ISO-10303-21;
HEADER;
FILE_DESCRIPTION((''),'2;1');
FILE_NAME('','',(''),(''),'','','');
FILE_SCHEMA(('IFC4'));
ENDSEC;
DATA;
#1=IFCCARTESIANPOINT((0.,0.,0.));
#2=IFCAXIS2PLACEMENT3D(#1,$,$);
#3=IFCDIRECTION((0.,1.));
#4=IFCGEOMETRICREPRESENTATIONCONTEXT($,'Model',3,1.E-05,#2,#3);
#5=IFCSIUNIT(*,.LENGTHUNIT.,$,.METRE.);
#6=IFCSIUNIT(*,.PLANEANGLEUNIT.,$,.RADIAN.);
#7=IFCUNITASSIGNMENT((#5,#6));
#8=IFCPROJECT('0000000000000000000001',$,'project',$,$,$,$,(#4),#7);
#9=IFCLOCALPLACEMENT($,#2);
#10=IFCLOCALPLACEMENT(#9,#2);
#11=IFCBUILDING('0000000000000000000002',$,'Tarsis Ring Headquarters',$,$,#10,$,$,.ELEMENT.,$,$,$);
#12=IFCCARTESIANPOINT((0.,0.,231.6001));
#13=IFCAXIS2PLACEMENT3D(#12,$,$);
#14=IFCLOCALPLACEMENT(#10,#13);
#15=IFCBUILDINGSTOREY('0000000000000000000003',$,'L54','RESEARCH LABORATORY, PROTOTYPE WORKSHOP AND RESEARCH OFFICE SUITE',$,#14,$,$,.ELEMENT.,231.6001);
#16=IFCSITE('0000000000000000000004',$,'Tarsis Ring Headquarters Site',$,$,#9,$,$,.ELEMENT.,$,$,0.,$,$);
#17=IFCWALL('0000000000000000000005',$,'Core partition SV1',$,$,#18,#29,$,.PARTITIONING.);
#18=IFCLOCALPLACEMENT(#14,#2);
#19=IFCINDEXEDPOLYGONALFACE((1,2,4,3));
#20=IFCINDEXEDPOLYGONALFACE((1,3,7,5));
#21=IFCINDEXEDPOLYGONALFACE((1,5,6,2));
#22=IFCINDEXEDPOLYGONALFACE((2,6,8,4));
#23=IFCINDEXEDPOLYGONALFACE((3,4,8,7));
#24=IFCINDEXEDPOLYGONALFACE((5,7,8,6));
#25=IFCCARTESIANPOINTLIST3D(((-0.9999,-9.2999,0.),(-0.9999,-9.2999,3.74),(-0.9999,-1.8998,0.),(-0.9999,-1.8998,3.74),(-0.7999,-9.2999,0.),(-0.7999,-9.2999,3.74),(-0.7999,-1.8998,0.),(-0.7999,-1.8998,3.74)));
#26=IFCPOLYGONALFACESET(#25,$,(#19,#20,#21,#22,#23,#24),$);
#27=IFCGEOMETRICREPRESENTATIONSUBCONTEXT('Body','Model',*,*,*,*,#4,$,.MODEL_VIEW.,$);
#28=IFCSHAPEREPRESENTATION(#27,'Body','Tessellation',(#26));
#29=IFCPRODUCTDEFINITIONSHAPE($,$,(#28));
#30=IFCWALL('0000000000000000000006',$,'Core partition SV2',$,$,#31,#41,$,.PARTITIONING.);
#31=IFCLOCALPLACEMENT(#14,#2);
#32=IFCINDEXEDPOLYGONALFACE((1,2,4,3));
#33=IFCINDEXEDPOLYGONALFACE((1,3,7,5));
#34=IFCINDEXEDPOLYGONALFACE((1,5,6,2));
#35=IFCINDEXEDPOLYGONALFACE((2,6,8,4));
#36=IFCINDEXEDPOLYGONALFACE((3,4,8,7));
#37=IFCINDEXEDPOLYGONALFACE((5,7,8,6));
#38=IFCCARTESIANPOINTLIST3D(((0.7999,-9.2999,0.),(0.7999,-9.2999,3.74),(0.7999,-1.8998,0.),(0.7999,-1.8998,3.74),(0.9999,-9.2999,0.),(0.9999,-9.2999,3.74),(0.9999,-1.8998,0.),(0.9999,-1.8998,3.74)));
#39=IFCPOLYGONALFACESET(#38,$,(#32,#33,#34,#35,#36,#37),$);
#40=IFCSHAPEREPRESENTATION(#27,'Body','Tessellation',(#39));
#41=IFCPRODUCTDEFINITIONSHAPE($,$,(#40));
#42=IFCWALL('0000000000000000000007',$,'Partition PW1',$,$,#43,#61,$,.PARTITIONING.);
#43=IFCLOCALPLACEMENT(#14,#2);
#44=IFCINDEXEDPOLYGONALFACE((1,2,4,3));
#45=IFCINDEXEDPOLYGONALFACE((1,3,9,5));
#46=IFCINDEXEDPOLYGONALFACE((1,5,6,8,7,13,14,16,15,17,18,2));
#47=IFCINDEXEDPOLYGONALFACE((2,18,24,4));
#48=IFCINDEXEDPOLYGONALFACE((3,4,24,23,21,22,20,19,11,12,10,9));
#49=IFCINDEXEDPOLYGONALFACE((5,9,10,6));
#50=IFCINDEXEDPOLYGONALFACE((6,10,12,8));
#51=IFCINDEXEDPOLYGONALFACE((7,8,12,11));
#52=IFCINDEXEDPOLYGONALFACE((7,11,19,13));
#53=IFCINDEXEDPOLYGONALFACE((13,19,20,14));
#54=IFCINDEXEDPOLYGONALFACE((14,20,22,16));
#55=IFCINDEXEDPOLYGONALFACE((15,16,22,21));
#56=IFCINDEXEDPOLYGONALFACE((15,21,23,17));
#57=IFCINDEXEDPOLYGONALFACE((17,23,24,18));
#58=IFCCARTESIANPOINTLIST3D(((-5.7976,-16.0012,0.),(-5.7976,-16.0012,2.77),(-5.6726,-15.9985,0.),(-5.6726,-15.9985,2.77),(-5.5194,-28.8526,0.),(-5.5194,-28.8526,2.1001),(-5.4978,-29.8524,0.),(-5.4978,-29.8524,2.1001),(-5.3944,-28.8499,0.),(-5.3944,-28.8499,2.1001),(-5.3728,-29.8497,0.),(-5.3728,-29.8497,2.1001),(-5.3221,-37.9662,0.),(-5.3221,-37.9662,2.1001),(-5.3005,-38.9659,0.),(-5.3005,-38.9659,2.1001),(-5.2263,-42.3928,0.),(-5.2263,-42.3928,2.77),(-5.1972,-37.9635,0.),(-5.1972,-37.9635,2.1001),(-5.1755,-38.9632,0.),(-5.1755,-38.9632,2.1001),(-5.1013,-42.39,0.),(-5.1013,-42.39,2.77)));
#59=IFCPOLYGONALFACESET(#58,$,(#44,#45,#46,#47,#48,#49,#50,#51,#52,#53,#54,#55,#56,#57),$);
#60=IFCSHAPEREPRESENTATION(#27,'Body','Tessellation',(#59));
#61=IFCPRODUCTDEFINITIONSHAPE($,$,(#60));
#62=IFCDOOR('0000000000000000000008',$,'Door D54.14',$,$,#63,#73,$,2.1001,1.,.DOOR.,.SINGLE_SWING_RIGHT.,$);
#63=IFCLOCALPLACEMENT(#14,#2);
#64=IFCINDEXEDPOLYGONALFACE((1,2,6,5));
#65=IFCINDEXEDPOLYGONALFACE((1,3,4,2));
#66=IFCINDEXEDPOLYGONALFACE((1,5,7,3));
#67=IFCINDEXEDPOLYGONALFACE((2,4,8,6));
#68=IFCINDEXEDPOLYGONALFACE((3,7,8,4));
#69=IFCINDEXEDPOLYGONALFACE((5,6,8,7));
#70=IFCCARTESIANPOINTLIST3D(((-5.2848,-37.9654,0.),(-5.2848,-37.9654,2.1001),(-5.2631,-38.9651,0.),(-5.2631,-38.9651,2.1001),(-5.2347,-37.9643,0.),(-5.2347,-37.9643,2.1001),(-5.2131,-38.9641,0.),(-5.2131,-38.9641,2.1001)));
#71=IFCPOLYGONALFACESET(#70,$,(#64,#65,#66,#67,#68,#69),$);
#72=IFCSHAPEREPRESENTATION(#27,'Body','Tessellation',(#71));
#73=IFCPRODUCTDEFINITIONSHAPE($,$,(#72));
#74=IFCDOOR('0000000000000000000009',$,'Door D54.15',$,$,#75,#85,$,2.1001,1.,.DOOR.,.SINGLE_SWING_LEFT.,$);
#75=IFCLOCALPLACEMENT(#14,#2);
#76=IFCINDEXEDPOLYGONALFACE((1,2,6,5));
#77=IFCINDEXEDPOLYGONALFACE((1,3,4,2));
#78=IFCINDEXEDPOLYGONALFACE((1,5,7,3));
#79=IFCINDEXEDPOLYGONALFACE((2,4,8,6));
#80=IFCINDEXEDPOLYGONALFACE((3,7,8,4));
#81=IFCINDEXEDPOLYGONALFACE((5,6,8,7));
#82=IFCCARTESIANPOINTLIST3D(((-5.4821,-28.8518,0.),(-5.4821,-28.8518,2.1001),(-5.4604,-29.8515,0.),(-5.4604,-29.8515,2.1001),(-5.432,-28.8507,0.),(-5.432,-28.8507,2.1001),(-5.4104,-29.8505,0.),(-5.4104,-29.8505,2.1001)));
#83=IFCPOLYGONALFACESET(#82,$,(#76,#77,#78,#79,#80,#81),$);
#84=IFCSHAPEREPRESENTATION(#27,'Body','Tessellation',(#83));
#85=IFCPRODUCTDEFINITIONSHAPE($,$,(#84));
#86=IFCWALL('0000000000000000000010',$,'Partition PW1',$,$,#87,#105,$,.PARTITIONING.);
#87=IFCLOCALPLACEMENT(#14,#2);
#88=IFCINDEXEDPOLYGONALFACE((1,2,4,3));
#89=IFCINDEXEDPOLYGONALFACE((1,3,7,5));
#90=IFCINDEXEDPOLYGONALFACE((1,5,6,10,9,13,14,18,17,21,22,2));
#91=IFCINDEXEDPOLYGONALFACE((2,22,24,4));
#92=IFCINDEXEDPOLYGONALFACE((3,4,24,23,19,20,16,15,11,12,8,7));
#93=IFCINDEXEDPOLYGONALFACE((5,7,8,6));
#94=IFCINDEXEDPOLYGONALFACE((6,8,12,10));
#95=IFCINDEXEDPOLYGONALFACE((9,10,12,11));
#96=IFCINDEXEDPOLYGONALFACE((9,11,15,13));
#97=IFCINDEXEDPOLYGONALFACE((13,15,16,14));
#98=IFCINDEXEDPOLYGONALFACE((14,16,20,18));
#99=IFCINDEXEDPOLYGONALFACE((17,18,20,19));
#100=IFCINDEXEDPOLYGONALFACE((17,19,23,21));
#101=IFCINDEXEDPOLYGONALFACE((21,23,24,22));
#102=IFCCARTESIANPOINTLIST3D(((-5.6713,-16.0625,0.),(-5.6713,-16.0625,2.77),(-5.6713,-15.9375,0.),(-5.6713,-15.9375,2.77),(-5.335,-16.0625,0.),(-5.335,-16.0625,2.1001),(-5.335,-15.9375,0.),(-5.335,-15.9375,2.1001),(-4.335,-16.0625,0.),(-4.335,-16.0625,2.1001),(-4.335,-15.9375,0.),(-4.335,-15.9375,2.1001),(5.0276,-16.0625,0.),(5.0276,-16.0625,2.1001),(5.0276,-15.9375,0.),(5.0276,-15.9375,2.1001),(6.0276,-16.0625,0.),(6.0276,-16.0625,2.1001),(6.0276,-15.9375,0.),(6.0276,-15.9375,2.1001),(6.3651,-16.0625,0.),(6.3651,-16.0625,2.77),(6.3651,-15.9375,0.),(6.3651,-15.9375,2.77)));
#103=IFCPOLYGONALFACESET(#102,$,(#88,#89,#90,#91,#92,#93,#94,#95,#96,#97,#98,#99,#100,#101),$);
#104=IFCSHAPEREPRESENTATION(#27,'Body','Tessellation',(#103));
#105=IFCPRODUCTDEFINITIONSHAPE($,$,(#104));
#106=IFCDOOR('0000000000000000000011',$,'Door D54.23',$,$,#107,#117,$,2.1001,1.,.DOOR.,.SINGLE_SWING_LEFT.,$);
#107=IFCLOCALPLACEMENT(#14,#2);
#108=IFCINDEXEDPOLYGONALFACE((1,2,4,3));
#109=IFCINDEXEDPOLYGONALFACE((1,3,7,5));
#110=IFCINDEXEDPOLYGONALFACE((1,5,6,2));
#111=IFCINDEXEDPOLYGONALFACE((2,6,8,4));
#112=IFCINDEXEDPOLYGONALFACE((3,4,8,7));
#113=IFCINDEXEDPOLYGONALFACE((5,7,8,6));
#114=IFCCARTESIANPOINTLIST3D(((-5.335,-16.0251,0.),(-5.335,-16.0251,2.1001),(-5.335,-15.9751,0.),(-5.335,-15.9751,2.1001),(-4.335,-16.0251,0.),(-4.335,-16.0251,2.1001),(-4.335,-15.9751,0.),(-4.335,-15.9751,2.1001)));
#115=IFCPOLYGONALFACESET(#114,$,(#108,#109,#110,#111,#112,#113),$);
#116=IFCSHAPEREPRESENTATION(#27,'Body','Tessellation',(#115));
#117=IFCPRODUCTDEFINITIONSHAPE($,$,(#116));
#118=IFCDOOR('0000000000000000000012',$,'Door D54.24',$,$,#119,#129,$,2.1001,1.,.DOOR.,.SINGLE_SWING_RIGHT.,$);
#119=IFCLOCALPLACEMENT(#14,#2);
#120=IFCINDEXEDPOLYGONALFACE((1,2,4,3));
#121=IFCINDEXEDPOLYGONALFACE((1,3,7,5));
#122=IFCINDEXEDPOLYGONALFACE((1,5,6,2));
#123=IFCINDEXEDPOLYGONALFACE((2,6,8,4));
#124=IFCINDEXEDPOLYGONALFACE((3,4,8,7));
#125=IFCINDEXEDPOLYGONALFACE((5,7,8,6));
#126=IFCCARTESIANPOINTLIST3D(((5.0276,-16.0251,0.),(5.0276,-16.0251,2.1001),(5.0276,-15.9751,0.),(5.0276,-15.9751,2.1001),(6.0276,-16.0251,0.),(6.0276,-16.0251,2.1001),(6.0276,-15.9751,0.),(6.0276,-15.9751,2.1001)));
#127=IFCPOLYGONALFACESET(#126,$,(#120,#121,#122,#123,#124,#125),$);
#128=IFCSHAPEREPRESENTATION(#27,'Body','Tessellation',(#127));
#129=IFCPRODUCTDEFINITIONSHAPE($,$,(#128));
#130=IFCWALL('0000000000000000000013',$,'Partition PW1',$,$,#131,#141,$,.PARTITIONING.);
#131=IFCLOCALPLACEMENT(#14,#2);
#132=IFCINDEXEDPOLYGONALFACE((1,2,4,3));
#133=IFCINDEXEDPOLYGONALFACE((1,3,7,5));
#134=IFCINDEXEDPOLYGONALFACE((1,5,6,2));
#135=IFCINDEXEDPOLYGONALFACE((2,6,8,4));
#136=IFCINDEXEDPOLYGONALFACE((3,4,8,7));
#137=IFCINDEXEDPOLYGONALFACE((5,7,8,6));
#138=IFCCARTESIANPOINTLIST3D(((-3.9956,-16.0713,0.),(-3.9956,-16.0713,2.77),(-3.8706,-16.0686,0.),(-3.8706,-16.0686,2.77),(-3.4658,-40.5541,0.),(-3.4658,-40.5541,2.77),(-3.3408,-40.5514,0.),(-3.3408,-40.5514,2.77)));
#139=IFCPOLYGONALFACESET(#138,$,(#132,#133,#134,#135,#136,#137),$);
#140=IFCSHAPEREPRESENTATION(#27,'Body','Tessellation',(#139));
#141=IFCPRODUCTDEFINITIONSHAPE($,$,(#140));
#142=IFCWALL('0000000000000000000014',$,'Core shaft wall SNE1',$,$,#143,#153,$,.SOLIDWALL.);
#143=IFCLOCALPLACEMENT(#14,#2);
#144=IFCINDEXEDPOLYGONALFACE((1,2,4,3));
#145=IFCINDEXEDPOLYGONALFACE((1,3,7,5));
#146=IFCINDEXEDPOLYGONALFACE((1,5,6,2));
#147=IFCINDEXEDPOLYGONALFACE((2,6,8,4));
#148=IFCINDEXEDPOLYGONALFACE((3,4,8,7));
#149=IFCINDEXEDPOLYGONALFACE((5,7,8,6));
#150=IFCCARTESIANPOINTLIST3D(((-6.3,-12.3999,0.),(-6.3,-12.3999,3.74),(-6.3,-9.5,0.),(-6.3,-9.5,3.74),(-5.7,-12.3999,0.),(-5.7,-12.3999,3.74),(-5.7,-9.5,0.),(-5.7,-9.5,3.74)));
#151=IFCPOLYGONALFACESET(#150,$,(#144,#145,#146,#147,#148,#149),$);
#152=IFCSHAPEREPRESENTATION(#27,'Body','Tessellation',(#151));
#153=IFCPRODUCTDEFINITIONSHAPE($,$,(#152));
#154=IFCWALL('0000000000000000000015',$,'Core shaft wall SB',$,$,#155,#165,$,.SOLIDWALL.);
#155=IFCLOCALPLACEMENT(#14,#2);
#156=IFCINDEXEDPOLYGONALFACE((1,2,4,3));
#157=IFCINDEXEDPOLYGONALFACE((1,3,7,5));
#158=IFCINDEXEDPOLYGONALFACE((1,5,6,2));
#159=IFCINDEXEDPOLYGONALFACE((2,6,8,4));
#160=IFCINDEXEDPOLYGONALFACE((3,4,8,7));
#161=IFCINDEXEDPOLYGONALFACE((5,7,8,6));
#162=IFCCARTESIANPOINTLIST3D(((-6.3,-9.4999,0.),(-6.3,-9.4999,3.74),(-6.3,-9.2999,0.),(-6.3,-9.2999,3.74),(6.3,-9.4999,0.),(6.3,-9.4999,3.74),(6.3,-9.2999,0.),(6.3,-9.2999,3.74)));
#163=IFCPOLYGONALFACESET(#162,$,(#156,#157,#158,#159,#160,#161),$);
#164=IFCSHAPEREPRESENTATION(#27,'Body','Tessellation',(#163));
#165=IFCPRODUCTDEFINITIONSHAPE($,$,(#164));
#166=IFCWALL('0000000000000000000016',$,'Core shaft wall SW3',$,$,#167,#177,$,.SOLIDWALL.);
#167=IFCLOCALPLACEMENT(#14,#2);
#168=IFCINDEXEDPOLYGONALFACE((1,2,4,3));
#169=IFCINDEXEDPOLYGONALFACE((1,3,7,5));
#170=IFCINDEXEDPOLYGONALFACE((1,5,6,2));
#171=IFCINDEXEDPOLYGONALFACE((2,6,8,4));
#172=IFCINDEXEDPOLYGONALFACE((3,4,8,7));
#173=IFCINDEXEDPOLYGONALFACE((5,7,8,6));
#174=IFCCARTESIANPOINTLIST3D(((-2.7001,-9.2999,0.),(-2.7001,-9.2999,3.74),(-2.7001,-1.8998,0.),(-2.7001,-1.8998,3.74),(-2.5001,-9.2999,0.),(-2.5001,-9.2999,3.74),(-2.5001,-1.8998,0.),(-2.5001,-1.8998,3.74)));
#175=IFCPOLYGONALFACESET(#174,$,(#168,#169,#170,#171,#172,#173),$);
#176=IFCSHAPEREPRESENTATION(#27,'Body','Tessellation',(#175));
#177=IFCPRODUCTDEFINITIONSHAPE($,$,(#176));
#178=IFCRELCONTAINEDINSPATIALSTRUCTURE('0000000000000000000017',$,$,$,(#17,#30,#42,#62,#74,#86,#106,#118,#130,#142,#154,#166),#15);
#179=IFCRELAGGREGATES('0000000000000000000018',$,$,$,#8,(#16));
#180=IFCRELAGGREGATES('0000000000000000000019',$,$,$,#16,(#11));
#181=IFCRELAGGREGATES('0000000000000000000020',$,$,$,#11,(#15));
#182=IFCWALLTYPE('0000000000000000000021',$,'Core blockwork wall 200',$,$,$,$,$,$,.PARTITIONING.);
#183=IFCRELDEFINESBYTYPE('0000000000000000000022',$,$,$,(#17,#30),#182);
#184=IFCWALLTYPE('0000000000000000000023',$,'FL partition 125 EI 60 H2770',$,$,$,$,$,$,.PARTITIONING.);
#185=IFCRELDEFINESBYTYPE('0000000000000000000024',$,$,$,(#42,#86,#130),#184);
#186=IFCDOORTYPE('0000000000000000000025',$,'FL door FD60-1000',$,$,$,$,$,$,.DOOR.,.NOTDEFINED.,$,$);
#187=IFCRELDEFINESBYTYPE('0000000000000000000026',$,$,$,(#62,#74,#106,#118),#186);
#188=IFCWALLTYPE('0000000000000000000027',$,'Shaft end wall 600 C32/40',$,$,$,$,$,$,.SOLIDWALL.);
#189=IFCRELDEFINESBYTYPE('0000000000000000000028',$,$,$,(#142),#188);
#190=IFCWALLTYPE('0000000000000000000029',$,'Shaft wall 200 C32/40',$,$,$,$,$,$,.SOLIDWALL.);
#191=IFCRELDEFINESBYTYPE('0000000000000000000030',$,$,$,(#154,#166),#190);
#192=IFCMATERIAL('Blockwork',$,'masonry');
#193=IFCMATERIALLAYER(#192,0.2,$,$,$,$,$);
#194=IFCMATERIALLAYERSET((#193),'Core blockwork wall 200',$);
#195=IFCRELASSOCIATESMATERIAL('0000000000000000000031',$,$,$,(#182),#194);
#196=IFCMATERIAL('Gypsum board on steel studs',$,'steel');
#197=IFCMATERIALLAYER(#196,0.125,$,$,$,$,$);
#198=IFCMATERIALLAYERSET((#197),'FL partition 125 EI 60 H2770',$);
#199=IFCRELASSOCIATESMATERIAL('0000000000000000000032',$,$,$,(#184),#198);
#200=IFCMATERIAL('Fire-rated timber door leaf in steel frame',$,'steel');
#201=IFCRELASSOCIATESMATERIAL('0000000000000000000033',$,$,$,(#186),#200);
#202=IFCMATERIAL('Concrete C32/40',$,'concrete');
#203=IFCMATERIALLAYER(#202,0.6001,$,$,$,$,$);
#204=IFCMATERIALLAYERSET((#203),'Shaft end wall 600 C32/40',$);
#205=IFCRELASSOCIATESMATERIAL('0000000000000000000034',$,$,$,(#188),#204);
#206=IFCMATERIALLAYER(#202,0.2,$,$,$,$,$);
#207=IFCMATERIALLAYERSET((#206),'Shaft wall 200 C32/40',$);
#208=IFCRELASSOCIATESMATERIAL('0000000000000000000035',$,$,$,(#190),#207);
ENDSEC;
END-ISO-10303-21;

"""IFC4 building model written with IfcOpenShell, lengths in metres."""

from ifc_helpers import new_model, si_unit, direction, frame, frame_2d, origin, place, context, subcontext, project, spatial, rectangle, extrude, material, layer, layer_set, type_object, element, fill, save


model = new_model("IFC4")

# Units and contexts
model_context = context("Model", 3, precision=1e-05, world=origin(), true_north=direction((0.0, 1.0)))
body_context = subcontext(model_context, "Body", "Model", "MODEL_VIEW")
ifc_project = project(units=[si_unit("LENGTHUNIT", "METRE"), si_unit("PLANEANGLEUNIT", "RADIAN")], contexts=[model_context])

# Site, building, storey
site_placement = place(None, origin())
site = spatial("IfcSite", under=ifc_project, at=site_placement, Name="Tarsis Ring Headquarters Site", CompositionType="ELEMENT", RefElevation=0.0)
building_placement = place(site_placement, origin())
building = spatial("IfcBuilding", under=site, at=building_placement, Name="Tarsis Ring Headquarters", CompositionType="ELEMENT")
storey_placement = place(building_placement, frame((0.0, 0.0, 231.6001)))
storey = spatial("IfcBuildingStorey", under=building, at=storey_placement, Name="L54", Description="RESEARCH LABORATORY, PROTOTYPE WORKSHOP AND RESEARCH OFFICE SUITE", CompositionType="ELEMENT", Elevation=231.6001)

# Walls
ifc_material_1 = material(Name="Blockwork", Category="masonry")
ifc_layer_1 = layer(ifc_material_1, 0.2)
ifc_layer_set_1 = layer_set([ifc_layer_1], Name="Core blockwork wall 200")
wall_type_1 = type_object("IfcWallType", Name="Core blockwork wall 200", PredefinedType="PARTITIONING", material=ifc_layer_set_1)
for number, where, z_axis, x_axis, name in (
    (1, (-0.8999, -9.3, 0.0), (0.0, 0.0, 1.0), (0.0, 1.0, 0.0), "Core partition SV1"),
    (2, (0.8999, -9.3, 0.0), (0.0, 0.0, 1.0), (0.0, 1.0, 0.0), "Core partition SV2"),
):
    element("IfcWall", number, at=place(storey_placement, frame(where, z_axis=z_axis, x_axis=x_axis)), inside=storey, type_object=wall_type_1, Name=name, PredefinedType="PARTITIONING", context=body_context, shape_type="SweptSolid", body=[
        extrude(rectangle(XDim=7.4001, YDim=0.2, at=frame_2d((3.7002, 0.0))), origin(), (0.0, 0.0, 1.0), 3.74),
    ])

# Walls, openings, doors
ifc_material_2 = material(Name="Gypsum board on steel studs", Category="steel")
ifc_layer_2 = layer(ifc_material_2, 0.125)
ifc_layer_set_2 = layer_set([ifc_layer_2], Name="FL partition 125 EI 60 H2770")
wall_type_2 = type_object("IfcWallType", Name="FL partition 125 EI 60 H2770", PredefinedType="PARTITIONING", material=ifc_layer_set_2)
wall_1_placement = place(storey_placement, frame((-5.7351, -16.0, 0.0), z_axis=(0.0, 0.0, 1.0), x_axis=(0.021642, -0.999766, 0.0)))
wall_1 = element("IfcWall", 3, at=wall_1_placement, inside=storey, type_object=wall_type_2, Name="Partition PW1", PredefinedType="PARTITIONING", context=body_context, shape_type="SweptSolid", body=[
    extrude(rectangle(XDim=26.3977, YDim=0.125, at=frame_2d((13.1987, 0.0))), origin(), (0.0, 0.0, 1.0), 2.77),
])
opening_1_placement = place(wall_1_placement, frame((21.97, 0.0, 0.0)))
opening_1 = element("IfcOpeningElement", 4, at=opening_1_placement, cuts=wall_1, PredefinedType="OPENING", context=body_context, shape_type="SweptSolid", body=[
    extrude(rectangle(XDim=1.0, YDim=2.1001, at=frame_2d((0.5, 1.05))), frame((0.0, 0.0725, 0.0), z_axis=(0.0, -1.0, 0.0), x_axis=(1.0, 0.0, 0.0)), (0.0, 0.0, 1.0), 0.145),
])
opening_2_placement = place(wall_1_placement, frame((12.8542, 0.0, 0.0)))
opening_2 = element("IfcOpeningElement", 5, at=opening_2_placement, cuts=wall_1, PredefinedType="OPENING", context=body_context, shape_type="SweptSolid", body=[
    extrude(rectangle(XDim=1.0, YDim=2.1001, at=frame_2d((0.5, 1.05))), frame((0.0, 0.0725, 0.0), z_axis=(0.0, -1.0, 0.0), x_axis=(1.0, 0.0, 0.0)), (0.0, 0.0, 1.0), 0.145),
])
ifc_material_3 = material(Name="Fire-rated timber door leaf in steel frame", Category="steel")
door_type = type_object("IfcDoorType", Name="FL door FD60-1000", OperationType="NOTDEFINED", PredefinedType="DOOR", material=ifc_material_3)
door_1_placement = place(opening_1_placement, origin())
door_1 = element("IfcDoor", 6, at=door_1_placement, inside=storey, type_object=door_type, Name="Door D54.14", OperationType="SINGLE_SWING_RIGHT", OverallHeight=2.1001, OverallWidth=1.0, PredefinedType="DOOR", context=body_context, shape_type="SweptSolid", body=[
    extrude(rectangle(XDim=1.0, YDim=2.1001, at=frame_2d((0.5, 1.05))), frame((0.0, 0.0249, 0.0), z_axis=(0.0, -1.0, 0.0), x_axis=(1.0, 0.0, 0.0)), (0.0, 0.0, 1.0), 0.05),
])
fill(opening_1, door_1)
door_2_placement = place(opening_2_placement, origin())
door_2 = element("IfcDoor", 7, at=door_2_placement, inside=storey, type_object=door_type, Name="Door D54.15", OperationType="SINGLE_SWING_LEFT", OverallHeight=2.1001, OverallWidth=1.0, PredefinedType="DOOR", context=body_context, shape_type="SweptSolid", body=[
    extrude(rectangle(XDim=1.0, YDim=2.1001, at=frame_2d((0.5, 1.05))), frame((0.0, 0.0249, 0.0), z_axis=(0.0, -1.0, 0.0), x_axis=(1.0, 0.0, 0.0)), (0.0, 0.0, 1.0), 0.05),
])
fill(opening_2, door_2)
wall_2_placement = place(storey_placement, frame((-5.6711, -16.0, 0.0), z_axis=(0.0, 0.0, 1.0), x_axis=(1.0, 0.0, 0.0)))
wall_2 = element("IfcWall", 8, at=wall_2_placement, inside=storey, type_object=wall_type_2, Name="Partition PW1", PredefinedType="PARTITIONING", context=body_context, shape_type="SweptSolid", body=[
    extrude(rectangle(XDim=12.0364, YDim=0.125, at=frame_2d((6.0181, 0.0))), origin(), (0.0, 0.0, 1.0), 2.77),
])
opening_3_placement = place(wall_2_placement, frame((0.3362, 0.0, 0.0)))
opening_3 = element("IfcOpeningElement", 9, at=opening_3_placement, cuts=wall_2, PredefinedType="OPENING", context=body_context, shape_type="SweptSolid", body=[
    extrude(rectangle(XDim=1.0, YDim=2.1001, at=frame_2d((0.5, 1.05))), frame((0.0, 0.0725, 0.0), z_axis=(0.0, -1.0, 0.0), x_axis=(1.0, 0.0, 0.0)), (0.0, 0.0, 1.0), 0.145),
])
opening_4_placement = place(wall_2_placement, frame((10.6987, 0.0, 0.0)))
opening_4 = element("IfcOpeningElement", 10, at=opening_4_placement, cuts=wall_2, PredefinedType="OPENING", context=body_context, shape_type="SweptSolid", body=[
    extrude(rectangle(XDim=1.0, YDim=2.1001, at=frame_2d((0.5, 1.05))), frame((0.0, 0.0725, 0.0), z_axis=(0.0, -1.0, 0.0), x_axis=(1.0, 0.0, 0.0)), (0.0, 0.0, 1.0), 0.145),
])
door_3_placement = place(opening_3_placement, origin())
door_3 = element("IfcDoor", 11, at=door_3_placement, inside=storey, type_object=door_type, Name="Door D54.23", OperationType="SINGLE_SWING_LEFT", OverallHeight=2.1001, OverallWidth=1.0, PredefinedType="DOOR", context=body_context, shape_type="SweptSolid", body=[
    extrude(rectangle(XDim=1.0, YDim=2.1001, at=frame_2d((0.5, 1.05))), frame((0.0, 0.0249, 0.0), z_axis=(0.0, -1.0, 0.0), x_axis=(1.0, 0.0, 0.0)), (0.0, 0.0, 1.0), 0.05),
])
fill(opening_3, door_3)
door_4_placement = place(opening_4_placement, origin())
door_4 = element("IfcDoor", 12, at=door_4_placement, inside=storey, type_object=door_type, Name="Door D54.24", OperationType="SINGLE_SWING_RIGHT", OverallHeight=2.1001, OverallWidth=1.0, PredefinedType="DOOR", context=body_context, shape_type="SweptSolid", body=[
    extrude(rectangle(XDim=1.0, YDim=2.1001, at=frame_2d((0.5, 1.05))), frame((0.0, 0.0249, 0.0), z_axis=(0.0, -1.0, 0.0), x_axis=(1.0, 0.0, 0.0)), (0.0, 0.0, 1.0), 0.05),
])
fill(opening_4, door_4)

# Walls
wall_3_placement = place(storey_placement, frame((-3.9331, -16.0701, 0.0), z_axis=(0.0, 0.0, 1.0), x_axis=(0.021634, -0.999766, 0.0)))
element("IfcWall", 13, at=wall_3_placement, inside=storey, type_object=wall_type_2, Name="Partition PW1", PredefinedType="PARTITIONING", context=body_context, shape_type="SweptSolid", body=[
    extrude(rectangle(XDim=24.4885, YDim=0.125, at=frame_2d((12.2441, 0.0))), origin(), (0.0, 0.0, 1.0), 2.77),
])
ifc_material_4 = material(Name="Concrete C32/40", Category="concrete")
ifc_layer_3 = layer(ifc_material_4, 0.6001)
ifc_layer_set_3 = layer_set([ifc_layer_3], Name="Shaft end wall 600 C32/40")
wall_type_3 = type_object("IfcWallType", Name="Shaft end wall 600 C32/40", PredefinedType="SOLIDWALL", material=ifc_layer_set_3)
wall_4_placement = place(storey_placement, frame((-6.0, -12.3999, 0.0), z_axis=(0.0, 0.0, 1.0), x_axis=(0.0, 1.0, 0.0)))
element("IfcWall", 14, at=wall_4_placement, inside=storey, type_object=wall_type_3, Name="Core shaft wall SNE1", PredefinedType="SOLIDWALL", context=body_context, shape_type="SweptSolid", body=[
    extrude(rectangle(XDim=2.8999, YDim=0.6001, at=frame_2d((1.45, 0.0))), origin(), (0.0, 0.0, 1.0), 3.74),
])
ifc_layer_4 = layer(ifc_material_4, 0.2)
ifc_layer_set_4 = layer_set([ifc_layer_4], Name="Shaft wall 200 C32/40")
wall_type_4 = type_object("IfcWallType", Name="Shaft wall 200 C32/40", PredefinedType="SOLIDWALL", material=ifc_layer_set_4)
wall_5_placement = place(storey_placement, frame((-6.3, -9.3999, 0.0), z_axis=(0.0, 0.0, 1.0), x_axis=(1.0, 0.0, 0.0)))
element("IfcWall", 15, at=wall_5_placement, inside=storey, type_object=wall_type_4, Name="Core shaft wall SB", PredefinedType="SOLIDWALL", context=body_context, shape_type="SweptSolid", body=[
    extrude(rectangle(XDim=12.6001, YDim=0.2, at=frame_2d((6.3, 0.0))), origin(), (0.0, 0.0, 1.0), 3.74),
])
wall_6_placement = place(storey_placement, frame((-2.6001, -9.3, 0.0), z_axis=(0.0, 0.0, 1.0), x_axis=(0.0, 1.0, 0.0)))
element("IfcWall", 16, at=wall_6_placement, inside=storey, type_object=wall_type_4, Name="Core shaft wall SW3", PredefinedType="SOLIDWALL", context=body_context, shape_type="SweptSolid", body=[
    extrude(rectangle(XDim=7.4001, YDim=0.2, at=frame_2d((3.7002, 0.0))), origin(), (0.0, 0.0, 1.0), 3.74),
])

save(model, "model.ifc")
